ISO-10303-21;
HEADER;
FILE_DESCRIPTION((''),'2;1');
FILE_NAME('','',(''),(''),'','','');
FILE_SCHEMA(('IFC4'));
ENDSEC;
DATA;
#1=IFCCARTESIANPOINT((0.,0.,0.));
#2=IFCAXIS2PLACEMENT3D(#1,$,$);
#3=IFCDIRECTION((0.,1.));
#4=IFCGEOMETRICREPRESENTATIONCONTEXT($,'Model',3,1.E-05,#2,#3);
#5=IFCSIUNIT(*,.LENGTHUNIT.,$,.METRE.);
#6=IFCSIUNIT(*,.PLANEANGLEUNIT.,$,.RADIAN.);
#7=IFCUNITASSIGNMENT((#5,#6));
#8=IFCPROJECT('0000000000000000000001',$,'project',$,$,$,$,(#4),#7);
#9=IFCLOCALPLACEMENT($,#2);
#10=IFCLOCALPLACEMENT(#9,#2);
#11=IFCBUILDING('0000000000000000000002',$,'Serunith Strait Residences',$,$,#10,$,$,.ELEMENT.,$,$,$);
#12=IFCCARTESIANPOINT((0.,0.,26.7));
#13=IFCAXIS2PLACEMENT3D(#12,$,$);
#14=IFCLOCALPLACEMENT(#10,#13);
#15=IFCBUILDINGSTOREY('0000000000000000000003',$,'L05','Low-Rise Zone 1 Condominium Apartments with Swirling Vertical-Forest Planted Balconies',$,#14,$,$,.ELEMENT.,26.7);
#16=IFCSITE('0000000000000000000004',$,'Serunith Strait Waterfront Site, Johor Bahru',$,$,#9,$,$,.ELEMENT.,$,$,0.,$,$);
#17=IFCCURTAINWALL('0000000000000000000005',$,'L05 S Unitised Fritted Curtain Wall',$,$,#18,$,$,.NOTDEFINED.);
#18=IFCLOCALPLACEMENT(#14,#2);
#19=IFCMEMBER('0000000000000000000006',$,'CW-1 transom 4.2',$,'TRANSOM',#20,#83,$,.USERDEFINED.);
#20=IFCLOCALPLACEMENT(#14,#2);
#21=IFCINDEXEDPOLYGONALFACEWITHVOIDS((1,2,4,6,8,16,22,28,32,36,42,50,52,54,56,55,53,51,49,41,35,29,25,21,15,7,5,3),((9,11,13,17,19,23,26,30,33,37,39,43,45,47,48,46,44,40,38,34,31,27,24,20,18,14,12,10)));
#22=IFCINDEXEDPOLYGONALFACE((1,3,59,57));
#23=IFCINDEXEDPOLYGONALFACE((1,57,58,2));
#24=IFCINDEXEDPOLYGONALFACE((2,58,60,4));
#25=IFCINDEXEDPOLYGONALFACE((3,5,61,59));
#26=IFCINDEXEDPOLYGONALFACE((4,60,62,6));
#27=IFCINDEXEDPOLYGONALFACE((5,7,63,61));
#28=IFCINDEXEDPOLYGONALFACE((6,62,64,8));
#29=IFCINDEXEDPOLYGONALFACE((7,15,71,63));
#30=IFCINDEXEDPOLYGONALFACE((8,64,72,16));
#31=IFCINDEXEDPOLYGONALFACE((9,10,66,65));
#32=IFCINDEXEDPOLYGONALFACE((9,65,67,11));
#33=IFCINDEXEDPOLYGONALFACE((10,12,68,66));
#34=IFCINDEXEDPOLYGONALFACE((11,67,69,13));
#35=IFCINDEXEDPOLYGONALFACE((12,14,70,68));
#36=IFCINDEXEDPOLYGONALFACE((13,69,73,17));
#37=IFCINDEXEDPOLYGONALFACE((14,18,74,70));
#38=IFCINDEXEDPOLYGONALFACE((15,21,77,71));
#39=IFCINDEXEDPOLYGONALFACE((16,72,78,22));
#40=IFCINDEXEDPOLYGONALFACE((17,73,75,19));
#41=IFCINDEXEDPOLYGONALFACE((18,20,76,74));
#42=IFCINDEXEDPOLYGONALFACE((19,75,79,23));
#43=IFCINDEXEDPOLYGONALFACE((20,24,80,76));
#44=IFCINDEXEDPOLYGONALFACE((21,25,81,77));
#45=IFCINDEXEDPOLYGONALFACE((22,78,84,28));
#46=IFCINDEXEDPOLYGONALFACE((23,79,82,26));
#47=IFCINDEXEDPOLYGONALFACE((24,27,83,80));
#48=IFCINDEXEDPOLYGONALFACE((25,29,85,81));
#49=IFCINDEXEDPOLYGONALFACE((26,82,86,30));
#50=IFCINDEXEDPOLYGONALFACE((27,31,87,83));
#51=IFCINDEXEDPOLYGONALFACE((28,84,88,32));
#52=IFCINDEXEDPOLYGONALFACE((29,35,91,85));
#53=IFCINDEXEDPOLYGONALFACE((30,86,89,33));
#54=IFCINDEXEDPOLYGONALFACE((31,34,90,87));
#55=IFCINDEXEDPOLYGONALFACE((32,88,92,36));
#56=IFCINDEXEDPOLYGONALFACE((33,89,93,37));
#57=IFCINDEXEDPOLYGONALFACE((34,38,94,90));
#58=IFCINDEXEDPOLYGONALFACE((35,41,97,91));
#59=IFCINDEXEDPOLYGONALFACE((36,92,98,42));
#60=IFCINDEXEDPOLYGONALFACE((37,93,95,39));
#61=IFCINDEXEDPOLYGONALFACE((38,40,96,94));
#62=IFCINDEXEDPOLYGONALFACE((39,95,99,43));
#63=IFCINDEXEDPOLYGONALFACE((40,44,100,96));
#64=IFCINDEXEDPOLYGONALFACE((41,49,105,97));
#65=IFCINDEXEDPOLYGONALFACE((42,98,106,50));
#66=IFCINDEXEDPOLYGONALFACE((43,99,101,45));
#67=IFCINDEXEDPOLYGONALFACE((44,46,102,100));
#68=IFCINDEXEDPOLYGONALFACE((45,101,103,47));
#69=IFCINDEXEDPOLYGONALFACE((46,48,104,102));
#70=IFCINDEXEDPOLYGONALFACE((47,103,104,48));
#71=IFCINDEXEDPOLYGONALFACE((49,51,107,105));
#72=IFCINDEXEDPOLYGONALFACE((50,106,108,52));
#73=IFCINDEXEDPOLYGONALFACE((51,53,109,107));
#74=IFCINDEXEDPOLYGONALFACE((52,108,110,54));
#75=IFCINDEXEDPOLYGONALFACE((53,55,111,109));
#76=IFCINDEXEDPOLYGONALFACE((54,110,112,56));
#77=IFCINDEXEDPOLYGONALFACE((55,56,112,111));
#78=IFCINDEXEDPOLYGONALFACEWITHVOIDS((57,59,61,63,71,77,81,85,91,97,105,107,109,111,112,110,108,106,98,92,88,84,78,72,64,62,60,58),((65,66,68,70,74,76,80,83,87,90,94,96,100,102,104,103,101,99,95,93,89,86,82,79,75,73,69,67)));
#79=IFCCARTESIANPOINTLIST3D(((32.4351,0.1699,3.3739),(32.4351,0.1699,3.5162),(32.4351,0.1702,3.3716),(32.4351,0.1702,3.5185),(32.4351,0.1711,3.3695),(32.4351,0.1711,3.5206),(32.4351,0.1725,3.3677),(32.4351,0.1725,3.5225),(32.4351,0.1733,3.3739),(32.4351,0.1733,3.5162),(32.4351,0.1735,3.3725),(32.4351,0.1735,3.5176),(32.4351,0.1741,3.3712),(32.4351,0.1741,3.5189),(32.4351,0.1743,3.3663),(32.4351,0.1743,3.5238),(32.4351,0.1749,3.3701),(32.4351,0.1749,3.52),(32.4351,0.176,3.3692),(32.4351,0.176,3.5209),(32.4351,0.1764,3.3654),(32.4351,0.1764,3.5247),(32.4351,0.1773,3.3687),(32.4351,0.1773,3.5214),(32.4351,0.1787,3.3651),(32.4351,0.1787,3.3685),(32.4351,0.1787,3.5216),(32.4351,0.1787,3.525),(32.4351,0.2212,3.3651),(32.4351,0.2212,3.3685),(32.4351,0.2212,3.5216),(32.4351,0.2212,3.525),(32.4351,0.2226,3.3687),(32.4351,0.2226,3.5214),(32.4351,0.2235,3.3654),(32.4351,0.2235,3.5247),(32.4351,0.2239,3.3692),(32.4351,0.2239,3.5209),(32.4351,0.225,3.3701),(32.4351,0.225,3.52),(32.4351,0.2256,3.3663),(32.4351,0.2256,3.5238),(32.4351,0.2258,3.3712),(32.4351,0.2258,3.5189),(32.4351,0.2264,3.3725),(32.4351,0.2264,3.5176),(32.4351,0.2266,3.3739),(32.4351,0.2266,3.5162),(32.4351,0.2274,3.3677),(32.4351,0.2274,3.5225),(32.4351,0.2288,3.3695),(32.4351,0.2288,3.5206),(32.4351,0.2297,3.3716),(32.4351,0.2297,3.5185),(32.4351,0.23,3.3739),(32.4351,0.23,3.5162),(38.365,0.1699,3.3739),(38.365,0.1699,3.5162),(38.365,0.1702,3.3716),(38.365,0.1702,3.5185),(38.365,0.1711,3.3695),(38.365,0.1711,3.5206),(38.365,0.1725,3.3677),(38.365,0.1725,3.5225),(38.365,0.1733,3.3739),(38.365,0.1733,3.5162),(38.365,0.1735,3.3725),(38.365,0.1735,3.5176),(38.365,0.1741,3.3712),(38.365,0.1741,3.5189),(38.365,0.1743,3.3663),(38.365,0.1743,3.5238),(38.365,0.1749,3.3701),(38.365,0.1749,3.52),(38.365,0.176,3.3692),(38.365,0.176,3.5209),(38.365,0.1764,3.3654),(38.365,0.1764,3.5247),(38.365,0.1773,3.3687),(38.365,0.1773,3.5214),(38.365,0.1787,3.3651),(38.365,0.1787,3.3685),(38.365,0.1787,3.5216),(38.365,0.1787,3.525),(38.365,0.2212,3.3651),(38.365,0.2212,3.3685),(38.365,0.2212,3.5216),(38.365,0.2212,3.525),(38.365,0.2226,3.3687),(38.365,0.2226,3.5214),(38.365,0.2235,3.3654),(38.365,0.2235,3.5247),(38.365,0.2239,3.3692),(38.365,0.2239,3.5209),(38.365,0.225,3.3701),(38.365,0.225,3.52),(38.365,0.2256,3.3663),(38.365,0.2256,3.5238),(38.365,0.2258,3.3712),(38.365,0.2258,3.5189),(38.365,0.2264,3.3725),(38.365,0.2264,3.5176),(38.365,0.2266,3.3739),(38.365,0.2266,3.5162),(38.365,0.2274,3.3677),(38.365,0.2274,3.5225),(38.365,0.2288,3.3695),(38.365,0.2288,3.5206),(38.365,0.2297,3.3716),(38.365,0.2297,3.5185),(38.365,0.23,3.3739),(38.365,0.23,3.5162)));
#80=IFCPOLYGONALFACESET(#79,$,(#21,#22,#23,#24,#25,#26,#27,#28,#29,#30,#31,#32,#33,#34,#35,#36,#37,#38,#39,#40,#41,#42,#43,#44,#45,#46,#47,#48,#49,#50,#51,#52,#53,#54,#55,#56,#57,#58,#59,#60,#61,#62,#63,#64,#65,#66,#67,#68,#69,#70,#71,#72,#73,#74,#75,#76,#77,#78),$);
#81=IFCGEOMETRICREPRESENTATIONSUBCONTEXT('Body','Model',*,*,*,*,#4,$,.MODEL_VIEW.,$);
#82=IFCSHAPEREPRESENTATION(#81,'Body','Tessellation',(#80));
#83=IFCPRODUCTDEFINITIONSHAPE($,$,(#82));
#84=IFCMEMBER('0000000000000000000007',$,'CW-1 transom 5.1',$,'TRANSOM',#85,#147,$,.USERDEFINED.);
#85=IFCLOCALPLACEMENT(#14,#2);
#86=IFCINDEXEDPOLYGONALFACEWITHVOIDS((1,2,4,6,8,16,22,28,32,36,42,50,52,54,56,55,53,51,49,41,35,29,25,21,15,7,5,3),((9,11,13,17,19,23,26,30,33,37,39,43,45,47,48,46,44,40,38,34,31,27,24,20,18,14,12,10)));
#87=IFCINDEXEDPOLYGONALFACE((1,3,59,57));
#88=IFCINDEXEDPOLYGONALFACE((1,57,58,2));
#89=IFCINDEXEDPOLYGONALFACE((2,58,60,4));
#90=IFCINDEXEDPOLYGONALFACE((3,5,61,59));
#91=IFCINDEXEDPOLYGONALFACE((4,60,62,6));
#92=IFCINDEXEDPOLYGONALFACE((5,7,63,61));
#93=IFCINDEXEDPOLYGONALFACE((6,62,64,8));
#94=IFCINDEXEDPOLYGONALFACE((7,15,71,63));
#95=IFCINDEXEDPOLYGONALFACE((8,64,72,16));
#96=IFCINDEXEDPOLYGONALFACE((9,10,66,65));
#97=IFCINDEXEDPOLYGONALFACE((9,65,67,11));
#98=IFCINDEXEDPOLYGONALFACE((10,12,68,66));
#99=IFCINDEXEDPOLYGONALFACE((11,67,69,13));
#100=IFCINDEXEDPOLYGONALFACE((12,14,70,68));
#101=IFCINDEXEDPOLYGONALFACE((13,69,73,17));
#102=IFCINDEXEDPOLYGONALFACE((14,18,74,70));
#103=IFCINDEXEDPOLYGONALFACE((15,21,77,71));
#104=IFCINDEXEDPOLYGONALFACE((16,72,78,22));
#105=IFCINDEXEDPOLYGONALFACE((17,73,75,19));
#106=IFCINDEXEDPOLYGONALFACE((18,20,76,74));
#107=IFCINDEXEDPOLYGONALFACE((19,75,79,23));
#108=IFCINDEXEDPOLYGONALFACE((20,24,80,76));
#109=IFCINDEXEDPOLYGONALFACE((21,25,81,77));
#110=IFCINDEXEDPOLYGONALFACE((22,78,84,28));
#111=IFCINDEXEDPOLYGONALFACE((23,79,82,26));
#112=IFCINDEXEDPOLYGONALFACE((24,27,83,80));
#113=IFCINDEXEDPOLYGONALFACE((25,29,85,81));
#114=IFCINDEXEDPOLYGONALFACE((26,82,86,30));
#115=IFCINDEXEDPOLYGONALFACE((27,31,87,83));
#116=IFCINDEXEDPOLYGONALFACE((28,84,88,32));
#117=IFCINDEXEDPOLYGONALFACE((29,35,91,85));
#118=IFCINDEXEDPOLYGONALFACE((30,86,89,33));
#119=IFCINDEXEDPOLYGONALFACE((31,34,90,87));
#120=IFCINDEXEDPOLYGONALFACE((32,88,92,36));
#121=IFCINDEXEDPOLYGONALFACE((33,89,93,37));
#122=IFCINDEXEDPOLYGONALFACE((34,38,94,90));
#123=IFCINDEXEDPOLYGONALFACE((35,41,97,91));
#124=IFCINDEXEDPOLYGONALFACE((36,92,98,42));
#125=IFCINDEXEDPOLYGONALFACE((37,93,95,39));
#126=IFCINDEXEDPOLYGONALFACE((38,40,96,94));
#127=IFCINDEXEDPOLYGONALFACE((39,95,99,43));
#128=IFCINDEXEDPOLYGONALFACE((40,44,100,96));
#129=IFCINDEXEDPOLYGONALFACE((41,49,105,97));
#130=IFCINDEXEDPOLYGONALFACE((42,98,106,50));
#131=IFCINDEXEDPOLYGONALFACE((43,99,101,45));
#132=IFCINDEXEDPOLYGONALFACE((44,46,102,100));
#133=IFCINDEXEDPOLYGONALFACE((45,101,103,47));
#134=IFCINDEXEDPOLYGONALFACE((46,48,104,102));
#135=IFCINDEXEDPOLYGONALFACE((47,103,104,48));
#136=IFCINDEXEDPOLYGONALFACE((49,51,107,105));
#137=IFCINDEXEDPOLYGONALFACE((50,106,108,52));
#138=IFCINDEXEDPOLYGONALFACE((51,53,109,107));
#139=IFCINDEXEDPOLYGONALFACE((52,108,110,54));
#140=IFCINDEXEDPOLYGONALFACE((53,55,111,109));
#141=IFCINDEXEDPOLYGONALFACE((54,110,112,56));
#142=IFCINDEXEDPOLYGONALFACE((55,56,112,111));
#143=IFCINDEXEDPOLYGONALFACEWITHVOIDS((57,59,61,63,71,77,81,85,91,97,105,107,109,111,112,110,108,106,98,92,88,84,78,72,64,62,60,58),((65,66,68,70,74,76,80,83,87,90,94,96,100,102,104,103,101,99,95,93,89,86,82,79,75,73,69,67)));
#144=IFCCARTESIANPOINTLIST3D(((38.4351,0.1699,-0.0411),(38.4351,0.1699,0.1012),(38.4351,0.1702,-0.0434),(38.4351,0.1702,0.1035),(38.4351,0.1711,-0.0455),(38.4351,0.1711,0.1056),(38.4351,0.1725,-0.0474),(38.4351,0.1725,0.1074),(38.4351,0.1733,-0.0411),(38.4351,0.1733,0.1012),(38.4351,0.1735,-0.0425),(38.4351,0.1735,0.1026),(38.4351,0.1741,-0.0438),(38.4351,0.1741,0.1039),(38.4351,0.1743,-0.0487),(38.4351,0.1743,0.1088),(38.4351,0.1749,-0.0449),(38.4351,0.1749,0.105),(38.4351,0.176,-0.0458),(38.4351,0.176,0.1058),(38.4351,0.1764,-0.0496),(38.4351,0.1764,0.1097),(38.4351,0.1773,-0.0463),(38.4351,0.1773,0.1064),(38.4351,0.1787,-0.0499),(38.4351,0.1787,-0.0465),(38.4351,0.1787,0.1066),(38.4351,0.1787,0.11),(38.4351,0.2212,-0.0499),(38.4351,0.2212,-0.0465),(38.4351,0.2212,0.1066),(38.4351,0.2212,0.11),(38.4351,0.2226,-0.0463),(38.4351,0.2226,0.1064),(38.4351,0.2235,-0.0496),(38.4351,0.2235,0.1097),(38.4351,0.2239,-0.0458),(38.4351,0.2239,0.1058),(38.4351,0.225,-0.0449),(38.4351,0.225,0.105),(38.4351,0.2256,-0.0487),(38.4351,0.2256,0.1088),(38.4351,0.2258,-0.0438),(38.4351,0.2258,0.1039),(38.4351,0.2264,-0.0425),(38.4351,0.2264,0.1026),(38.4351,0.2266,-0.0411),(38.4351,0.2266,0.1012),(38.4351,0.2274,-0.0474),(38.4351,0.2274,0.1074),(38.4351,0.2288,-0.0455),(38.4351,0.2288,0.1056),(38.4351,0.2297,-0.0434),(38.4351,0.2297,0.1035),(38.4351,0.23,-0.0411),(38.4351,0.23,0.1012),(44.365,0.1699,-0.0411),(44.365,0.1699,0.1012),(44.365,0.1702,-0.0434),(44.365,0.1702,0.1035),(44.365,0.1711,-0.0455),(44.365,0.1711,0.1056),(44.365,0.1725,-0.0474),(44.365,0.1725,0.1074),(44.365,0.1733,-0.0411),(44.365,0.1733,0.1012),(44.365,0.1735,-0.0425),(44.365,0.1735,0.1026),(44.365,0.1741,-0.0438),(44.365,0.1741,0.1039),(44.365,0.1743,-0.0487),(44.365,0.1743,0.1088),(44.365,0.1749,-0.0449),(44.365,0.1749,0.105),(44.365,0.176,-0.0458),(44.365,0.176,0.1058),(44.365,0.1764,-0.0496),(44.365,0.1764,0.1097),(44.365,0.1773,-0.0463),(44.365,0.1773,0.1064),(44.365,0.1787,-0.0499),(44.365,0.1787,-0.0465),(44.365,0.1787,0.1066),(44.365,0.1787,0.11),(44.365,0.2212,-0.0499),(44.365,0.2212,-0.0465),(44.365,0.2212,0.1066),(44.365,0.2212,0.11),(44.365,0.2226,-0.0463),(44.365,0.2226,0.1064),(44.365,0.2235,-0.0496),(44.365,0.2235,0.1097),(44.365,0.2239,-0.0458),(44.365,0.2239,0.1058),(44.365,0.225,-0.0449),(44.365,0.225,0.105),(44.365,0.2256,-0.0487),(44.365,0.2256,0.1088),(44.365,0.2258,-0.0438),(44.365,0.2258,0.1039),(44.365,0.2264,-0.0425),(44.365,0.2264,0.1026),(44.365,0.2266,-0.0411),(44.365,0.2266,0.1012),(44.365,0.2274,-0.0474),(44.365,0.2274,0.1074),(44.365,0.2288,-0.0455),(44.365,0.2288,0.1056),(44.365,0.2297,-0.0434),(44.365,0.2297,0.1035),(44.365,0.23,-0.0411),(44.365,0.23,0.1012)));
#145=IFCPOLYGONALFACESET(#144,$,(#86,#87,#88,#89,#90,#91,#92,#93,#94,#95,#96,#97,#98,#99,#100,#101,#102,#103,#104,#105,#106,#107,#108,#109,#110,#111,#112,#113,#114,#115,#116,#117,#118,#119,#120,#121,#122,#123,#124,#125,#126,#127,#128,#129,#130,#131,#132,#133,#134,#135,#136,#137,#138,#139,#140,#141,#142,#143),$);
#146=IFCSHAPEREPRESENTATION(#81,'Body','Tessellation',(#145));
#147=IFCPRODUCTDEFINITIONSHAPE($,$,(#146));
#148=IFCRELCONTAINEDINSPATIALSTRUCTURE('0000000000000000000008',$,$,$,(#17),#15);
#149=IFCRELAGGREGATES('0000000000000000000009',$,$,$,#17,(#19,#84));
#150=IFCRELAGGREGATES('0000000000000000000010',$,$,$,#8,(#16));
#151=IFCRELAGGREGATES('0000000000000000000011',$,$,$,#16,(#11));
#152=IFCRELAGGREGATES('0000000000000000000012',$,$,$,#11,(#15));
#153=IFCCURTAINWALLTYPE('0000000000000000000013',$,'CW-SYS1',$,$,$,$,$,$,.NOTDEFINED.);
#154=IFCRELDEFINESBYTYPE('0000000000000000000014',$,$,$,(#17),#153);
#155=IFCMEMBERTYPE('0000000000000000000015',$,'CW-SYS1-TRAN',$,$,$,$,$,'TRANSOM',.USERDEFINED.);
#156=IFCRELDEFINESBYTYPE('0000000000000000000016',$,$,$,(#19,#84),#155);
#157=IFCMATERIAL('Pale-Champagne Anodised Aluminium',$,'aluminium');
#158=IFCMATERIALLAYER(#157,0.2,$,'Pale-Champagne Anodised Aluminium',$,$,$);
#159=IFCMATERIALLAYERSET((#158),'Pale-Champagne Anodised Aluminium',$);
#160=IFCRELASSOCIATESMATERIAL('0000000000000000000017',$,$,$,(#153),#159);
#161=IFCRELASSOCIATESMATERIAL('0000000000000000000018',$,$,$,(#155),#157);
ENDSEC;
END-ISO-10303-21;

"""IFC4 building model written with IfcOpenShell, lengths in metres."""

from ifc_helpers import new_model, si_unit, direction, frame, origin, origin_2d, place, context, subcontext, project, spatial, hollow_rectangle, extrude, source, transform, mapped, material, layer, layer_set, material_profile, profile_set, type_object, element, aggregate, save


model = new_model("IFC4")

# Units and contexts
model_context = context("Model", 3, precision=1e-05, world=origin(), true_north=direction((0.0, 1.0)))
body_context = subcontext(model_context, "Body", "Model", "MODEL_VIEW")
ifc_project = project(units=[si_unit("LENGTHUNIT", "METRE"), si_unit("PLANEANGLEUNIT", "RADIAN")], contexts=[model_context])

# Site, building, storey
site_placement = place(None, origin())
site = spatial("IfcSite", under=ifc_project, at=site_placement, Name="Serunith Strait Waterfront Site, Johor Bahru", CompositionType="ELEMENT", RefElevation=0.0)
building_placement = place(site_placement, origin())
building = spatial("IfcBuilding", under=site, at=building_placement, Name="Serunith Strait Residences", CompositionType="ELEMENT")
storey_placement = place(building_placement, frame((0.0, 0.0, 26.7)))
storey = spatial("IfcBuildingStorey", under=building, at=storey_placement, Name="L05", Description="Low-Rise Zone 1 Condominium Apartments with Swirling Vertical-Forest Planted Balconies", CompositionType="ELEMENT", Elevation=26.7)

# Curtain wall, members
ifc_material_1 = material(Name="Pale-Champagne Anodised Aluminium", Category="aluminium")
ifc_layer_1 = layer(ifc_material_1, 0.2, Name="Pale-Champagne Anodised Aluminium")
ifc_layer_set_1 = layer_set([ifc_layer_1], Name="Pale-Champagne Anodised Aluminium")
curtain_wall_type = type_object("IfcCurtainWallType", Name="CW-SYS1", PredefinedType="NOTDEFINED", material=ifc_layer_set_1)
curtain_wall_placement = place(storey_placement, origin())
curtain_wall = element("IfcCurtainWall", 1, at=curtain_wall_placement, inside=storey, type_object=curtain_wall_type, Name="L05 S Unitised Fritted Curtain Wall", PredefinedType="NOTDEFINED")
ifc_material_profile_1 = material_profile(ifc_material_1, hollow_rectangle(XDim=0.0601, YDim=0.1599, WallThickness=0.0034, InnerFilletRadius=0.0054, OuterFilletRadius=0.0088, at=origin_2d()), Name="ALU 160x60x3.5")
ifc_profile_set_1 = profile_set([ifc_material_profile_1], Name="Pale-Champagne Anodised Aluminium")
member_type_1 = type_object("IfcMemberType", Name="CW-SYS1-TRAN", ElementType="TRANSOM", PredefinedType="USERDEFINED", material=ifc_profile_set_1)
shared_shape_1 = source(origin(), body_context, "Body", "SweptSolid", [
    extrude(hollow_rectangle(XDim=0.0601, YDim=0.1599, WallThickness=0.0034, InnerFilletRadius=0.0054, OuterFilletRadius=0.0088, at=origin_2d()), origin(), (0.0, 0.0, 1.0), 5.9299),
])
member_1_placement = place(storey_placement, frame((32.4351, 0.2, 3.4451), z_axis=(1.0, 0.0, 0.0), x_axis=(0.0, 1.0, 0.0)))
member_1 = element("IfcMember", 2, at=member_1_placement, type_object=member_type_1, Name="CW-1 transom 4.2", ObjectType="TRANSOM", PredefinedType="USERDEFINED", context=body_context, shape_type="MappedRepresentation", body=[
    mapped(shared_shape_1, transform((0.0, 0.0, 0.0), scale=1.0)),
])
member_2_placement = place(storey_placement, frame((38.4351, 0.2, 0.03), z_axis=(1.0, 0.0, 0.0), x_axis=(0.0, 1.0, 0.0)))
member_2 = element("IfcMember", 3, at=member_2_placement, type_object=member_type_1, Name="CW-1 transom 5.1", ObjectType="TRANSOM", PredefinedType="USERDEFINED", context=body_context, shape_type="MappedRepresentation", body=[
    mapped(shared_shape_1, transform((0.0, 0.0, 0.0), scale=1.0)),
])
aggregate(curtain_wall, [member_1, member_2])

save(model, "model.ifc")
